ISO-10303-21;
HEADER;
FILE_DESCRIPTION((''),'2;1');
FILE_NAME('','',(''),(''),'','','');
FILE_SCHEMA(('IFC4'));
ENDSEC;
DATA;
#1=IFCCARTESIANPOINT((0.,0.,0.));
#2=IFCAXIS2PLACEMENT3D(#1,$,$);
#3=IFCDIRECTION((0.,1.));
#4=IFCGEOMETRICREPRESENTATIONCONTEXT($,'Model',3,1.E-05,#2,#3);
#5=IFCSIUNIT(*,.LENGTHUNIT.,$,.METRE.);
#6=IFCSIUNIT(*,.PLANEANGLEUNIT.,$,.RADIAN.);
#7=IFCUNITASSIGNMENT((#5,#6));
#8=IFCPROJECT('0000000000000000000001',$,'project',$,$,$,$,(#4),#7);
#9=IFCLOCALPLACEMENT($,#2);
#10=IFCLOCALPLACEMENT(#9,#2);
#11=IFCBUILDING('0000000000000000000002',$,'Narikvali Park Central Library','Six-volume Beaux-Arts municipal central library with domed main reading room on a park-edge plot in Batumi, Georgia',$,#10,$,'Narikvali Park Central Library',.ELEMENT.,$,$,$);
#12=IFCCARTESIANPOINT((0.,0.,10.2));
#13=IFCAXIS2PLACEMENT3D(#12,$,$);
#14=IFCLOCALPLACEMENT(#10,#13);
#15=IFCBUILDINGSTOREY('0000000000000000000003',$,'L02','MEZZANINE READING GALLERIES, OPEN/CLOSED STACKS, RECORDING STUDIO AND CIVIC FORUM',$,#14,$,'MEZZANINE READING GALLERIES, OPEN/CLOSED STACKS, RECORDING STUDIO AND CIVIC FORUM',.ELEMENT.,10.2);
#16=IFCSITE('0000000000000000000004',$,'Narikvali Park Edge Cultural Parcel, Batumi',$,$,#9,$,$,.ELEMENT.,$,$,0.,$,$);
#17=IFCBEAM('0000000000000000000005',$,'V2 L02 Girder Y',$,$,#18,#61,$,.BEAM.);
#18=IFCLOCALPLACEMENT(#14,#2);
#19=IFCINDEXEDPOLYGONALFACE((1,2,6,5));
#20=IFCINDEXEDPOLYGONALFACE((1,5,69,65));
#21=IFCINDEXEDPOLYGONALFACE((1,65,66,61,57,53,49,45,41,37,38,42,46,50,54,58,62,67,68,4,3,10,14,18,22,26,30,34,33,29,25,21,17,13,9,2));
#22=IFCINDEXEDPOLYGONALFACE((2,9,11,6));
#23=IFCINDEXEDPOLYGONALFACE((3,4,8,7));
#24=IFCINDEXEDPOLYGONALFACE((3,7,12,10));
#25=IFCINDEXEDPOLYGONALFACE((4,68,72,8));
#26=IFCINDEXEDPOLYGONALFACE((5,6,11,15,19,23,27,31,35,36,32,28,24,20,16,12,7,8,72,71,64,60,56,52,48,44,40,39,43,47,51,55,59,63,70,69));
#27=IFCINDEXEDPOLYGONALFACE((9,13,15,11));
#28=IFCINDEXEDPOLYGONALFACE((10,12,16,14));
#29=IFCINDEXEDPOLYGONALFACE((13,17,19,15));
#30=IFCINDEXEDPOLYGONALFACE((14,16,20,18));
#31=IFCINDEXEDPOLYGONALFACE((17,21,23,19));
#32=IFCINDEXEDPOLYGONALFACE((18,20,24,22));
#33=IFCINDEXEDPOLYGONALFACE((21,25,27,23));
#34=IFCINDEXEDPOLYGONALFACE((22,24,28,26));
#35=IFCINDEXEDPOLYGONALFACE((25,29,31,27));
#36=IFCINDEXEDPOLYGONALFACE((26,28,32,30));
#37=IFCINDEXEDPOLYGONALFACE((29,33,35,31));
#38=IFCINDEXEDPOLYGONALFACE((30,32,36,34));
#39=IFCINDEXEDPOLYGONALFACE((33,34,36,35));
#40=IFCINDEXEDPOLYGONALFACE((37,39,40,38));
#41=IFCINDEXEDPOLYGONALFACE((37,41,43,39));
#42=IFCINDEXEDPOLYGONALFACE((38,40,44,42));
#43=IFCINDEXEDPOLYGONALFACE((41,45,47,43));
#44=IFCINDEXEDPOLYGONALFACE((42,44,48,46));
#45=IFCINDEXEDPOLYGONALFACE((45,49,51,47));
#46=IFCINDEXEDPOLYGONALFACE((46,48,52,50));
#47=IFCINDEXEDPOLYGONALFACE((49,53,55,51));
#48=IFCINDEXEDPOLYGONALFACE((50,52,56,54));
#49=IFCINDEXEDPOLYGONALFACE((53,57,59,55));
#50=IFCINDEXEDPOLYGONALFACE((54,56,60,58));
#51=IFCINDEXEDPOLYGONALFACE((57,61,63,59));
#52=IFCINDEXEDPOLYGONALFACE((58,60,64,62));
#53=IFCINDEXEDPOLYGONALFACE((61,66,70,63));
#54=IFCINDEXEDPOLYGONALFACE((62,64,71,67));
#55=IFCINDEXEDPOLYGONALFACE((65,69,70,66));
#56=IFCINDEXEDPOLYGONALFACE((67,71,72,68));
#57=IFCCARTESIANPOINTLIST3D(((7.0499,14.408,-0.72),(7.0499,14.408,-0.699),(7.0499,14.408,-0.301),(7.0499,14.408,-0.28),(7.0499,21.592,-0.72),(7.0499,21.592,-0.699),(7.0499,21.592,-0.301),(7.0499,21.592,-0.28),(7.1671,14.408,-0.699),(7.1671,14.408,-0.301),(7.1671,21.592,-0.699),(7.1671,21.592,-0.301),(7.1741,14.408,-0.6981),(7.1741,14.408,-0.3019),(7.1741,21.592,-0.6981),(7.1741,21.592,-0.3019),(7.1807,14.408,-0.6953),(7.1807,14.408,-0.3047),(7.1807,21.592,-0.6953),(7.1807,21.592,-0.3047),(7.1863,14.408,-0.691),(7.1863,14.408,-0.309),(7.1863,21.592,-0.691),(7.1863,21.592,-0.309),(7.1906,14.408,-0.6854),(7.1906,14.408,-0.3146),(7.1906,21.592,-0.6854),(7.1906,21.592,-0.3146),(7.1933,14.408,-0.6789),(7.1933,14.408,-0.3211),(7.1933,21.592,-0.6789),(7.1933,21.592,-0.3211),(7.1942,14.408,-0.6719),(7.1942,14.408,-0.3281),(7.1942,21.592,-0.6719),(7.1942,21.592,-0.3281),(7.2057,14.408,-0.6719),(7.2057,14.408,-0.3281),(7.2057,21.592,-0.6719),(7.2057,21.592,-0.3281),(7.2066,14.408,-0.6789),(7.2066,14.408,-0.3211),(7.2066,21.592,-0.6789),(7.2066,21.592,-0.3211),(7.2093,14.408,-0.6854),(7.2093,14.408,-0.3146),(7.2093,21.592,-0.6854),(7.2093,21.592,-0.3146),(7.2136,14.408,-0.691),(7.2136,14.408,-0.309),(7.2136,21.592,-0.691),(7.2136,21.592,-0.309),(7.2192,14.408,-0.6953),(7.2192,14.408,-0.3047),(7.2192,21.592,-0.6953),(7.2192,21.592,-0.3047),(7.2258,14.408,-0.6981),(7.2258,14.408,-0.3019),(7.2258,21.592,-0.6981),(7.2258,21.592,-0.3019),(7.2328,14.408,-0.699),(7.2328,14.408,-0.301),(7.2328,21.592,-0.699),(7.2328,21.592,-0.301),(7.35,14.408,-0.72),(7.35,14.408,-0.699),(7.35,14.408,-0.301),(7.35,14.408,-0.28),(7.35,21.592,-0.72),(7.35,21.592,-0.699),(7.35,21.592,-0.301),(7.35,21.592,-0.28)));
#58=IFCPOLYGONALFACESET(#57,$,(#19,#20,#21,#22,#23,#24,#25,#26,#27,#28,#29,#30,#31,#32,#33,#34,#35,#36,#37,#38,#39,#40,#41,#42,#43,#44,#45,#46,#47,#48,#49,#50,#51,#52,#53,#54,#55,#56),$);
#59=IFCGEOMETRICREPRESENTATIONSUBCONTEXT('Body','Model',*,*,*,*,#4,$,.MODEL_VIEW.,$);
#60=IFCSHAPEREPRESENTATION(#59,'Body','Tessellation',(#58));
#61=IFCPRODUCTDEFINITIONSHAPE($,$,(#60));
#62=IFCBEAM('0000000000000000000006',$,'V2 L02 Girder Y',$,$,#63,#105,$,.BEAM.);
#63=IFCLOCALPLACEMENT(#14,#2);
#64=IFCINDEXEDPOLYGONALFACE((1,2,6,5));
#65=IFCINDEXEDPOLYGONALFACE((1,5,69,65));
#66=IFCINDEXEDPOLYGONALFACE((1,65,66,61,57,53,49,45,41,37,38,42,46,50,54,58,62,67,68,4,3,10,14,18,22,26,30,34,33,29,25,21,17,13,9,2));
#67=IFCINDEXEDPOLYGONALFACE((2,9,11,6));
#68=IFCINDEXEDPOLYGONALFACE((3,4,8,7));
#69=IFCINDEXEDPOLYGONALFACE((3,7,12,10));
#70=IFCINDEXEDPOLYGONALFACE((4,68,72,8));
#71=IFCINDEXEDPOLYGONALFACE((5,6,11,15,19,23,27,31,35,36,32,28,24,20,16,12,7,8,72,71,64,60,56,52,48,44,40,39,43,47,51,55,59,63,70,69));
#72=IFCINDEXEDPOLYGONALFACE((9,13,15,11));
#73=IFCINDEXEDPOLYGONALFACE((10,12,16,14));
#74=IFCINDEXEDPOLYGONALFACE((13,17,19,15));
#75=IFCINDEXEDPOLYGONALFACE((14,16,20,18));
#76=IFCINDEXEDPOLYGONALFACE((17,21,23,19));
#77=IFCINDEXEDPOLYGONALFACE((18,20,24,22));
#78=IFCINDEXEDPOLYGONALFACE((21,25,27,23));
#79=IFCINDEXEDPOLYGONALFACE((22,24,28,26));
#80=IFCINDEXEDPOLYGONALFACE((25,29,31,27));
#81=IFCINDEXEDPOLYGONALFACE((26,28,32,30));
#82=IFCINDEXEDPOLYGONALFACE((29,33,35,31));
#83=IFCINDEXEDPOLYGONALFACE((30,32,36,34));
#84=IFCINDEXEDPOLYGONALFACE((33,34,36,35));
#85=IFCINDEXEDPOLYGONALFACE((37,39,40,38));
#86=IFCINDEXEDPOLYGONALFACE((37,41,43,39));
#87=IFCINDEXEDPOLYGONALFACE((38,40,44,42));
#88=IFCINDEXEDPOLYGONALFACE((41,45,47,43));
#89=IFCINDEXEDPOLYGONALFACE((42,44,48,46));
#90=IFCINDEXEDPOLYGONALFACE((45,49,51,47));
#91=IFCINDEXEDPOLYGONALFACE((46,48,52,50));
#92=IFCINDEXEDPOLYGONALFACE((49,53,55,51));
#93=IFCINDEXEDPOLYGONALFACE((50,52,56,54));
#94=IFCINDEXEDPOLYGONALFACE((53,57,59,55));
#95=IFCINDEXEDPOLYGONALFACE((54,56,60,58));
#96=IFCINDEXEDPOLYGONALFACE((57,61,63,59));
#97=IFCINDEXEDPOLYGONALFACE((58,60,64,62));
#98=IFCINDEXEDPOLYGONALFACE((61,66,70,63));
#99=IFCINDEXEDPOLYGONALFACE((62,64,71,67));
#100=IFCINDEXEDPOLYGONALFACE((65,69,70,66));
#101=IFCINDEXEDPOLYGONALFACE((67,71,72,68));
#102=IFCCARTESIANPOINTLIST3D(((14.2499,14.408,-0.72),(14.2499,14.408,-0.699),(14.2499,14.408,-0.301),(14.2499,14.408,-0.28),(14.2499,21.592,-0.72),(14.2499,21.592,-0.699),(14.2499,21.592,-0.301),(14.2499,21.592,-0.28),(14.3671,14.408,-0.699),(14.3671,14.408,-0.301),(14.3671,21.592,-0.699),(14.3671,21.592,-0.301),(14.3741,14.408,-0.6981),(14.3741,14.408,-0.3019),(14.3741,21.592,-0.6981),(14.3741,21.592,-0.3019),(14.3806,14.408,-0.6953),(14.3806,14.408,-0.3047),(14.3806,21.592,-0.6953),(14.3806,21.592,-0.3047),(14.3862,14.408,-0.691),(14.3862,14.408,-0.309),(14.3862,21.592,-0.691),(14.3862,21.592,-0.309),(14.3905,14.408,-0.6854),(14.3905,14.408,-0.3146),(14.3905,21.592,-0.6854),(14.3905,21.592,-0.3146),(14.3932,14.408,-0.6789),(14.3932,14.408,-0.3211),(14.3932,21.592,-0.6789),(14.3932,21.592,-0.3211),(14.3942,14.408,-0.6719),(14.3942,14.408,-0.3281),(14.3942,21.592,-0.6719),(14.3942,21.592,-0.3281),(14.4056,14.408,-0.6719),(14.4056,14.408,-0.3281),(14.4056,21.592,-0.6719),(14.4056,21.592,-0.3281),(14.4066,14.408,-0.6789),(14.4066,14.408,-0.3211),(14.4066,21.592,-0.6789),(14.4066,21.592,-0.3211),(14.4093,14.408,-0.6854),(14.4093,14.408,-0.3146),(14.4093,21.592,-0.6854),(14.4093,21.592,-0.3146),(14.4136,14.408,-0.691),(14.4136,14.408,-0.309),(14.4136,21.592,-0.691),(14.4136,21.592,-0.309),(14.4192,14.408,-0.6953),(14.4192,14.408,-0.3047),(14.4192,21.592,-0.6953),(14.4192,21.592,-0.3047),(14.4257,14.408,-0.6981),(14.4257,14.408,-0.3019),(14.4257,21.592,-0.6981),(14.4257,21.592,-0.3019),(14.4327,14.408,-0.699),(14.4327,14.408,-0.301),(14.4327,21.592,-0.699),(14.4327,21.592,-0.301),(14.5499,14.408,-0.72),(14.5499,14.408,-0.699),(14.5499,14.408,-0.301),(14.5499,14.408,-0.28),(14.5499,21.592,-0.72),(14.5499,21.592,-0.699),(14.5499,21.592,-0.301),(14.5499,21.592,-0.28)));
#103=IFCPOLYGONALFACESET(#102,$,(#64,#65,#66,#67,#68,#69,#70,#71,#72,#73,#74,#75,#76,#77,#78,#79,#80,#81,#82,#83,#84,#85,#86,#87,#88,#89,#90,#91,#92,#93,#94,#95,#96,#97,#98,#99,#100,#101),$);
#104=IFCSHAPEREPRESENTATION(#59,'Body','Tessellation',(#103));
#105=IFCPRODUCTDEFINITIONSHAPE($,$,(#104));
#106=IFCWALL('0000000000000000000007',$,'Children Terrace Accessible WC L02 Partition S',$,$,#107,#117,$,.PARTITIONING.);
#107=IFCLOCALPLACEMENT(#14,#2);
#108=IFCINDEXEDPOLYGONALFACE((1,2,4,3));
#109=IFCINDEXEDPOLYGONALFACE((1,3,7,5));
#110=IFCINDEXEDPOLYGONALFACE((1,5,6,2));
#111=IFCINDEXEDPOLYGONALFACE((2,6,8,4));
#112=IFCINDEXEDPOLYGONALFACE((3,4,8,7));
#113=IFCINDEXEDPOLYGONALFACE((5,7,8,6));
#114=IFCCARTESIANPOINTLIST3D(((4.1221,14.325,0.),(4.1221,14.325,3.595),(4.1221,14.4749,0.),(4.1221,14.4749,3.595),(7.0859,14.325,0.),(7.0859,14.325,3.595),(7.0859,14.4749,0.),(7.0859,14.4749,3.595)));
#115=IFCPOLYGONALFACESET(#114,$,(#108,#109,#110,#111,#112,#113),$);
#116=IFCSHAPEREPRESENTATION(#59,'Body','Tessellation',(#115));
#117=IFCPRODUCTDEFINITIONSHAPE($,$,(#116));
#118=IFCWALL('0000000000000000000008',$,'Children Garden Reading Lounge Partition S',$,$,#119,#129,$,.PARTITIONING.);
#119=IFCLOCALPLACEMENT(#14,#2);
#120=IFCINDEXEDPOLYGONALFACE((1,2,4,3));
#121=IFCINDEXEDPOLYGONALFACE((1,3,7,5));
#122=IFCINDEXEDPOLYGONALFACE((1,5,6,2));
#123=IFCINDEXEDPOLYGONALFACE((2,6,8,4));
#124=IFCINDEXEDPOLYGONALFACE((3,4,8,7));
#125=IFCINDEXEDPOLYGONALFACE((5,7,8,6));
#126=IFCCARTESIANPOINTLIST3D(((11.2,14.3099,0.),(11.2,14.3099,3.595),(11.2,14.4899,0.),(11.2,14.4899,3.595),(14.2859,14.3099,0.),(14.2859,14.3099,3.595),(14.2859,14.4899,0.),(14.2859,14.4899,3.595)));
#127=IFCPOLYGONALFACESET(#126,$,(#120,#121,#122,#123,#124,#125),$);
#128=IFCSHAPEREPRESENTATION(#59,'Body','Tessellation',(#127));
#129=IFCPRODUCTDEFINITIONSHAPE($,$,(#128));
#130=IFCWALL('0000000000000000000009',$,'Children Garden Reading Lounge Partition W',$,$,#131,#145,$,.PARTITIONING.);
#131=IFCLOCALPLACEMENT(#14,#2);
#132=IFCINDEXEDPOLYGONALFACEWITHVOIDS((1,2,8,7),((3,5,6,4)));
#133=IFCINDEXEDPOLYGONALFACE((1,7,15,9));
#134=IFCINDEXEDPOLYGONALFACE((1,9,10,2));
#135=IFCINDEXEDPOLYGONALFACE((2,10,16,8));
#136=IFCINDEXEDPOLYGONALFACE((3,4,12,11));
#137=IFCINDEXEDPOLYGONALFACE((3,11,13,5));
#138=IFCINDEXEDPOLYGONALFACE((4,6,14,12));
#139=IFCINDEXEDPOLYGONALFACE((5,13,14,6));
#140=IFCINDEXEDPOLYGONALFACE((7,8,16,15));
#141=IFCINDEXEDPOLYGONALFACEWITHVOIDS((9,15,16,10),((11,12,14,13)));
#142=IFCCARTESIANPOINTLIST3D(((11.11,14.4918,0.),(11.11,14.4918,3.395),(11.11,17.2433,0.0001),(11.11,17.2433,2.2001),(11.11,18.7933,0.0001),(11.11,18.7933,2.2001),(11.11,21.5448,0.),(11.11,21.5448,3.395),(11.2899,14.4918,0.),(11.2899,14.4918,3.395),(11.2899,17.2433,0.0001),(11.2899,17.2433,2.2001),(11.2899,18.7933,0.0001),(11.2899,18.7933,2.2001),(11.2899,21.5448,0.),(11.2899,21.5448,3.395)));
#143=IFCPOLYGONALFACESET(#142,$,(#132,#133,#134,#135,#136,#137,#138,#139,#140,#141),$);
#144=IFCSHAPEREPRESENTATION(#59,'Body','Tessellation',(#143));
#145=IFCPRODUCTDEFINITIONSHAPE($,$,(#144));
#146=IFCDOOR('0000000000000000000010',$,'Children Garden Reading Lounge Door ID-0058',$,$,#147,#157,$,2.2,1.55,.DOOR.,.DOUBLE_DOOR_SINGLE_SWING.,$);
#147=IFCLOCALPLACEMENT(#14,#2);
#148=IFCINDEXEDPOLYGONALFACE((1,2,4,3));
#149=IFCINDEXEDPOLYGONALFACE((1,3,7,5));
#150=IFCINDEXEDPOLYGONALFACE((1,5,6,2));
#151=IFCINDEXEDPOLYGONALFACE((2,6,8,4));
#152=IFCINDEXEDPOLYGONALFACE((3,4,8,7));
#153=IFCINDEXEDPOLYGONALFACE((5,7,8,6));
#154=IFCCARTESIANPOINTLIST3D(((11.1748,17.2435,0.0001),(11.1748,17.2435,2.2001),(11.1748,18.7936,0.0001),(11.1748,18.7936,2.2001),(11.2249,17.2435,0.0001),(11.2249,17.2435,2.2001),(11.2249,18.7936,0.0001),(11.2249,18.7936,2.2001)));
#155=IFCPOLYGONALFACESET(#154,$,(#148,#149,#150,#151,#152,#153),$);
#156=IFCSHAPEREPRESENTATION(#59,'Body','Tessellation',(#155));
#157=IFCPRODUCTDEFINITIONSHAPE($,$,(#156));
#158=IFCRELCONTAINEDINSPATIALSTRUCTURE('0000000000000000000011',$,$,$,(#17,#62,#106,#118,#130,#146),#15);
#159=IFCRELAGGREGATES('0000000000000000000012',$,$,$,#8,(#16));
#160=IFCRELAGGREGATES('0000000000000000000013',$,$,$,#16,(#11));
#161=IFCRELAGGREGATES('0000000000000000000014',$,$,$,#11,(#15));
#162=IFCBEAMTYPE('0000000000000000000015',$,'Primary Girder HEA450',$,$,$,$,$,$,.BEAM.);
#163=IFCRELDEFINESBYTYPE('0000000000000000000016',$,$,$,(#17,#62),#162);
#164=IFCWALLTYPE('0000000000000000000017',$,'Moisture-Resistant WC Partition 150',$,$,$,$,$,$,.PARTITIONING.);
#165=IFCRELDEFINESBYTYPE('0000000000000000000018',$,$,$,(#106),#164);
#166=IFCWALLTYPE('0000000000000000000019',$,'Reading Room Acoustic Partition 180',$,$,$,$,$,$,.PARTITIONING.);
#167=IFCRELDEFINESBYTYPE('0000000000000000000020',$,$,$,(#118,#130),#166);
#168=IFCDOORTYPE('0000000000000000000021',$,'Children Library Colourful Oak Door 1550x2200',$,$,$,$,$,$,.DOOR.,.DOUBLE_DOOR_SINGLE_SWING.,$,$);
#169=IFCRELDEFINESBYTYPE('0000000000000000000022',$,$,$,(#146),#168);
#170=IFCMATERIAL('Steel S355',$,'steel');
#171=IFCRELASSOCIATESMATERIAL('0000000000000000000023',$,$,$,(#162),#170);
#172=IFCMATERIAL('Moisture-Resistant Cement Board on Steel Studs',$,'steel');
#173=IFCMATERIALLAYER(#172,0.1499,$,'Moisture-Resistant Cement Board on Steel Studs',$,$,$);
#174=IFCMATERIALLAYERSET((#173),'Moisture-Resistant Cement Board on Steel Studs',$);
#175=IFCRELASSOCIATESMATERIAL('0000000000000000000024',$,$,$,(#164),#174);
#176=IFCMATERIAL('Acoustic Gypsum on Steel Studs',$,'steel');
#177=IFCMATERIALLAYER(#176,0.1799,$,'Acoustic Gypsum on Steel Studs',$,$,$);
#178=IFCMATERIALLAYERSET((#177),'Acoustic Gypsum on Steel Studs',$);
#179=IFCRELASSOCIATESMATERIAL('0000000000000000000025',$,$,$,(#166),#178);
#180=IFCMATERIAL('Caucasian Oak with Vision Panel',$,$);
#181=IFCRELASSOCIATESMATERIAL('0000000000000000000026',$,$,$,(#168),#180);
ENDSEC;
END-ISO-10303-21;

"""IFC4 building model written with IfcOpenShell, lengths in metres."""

from ifc_helpers import new_model, si_unit, direction, frame, frame_2d, origin, origin_2d, place, context, subcontext, project, spatial, rectangle, i_section, extrude, material, layer, layer_set, material_profile, profile_set, type_object, element, fill, save


model = new_model("IFC4")

# Units and contexts
model_context = context("Model", 3, precision=1e-05, world=origin(), true_north=direction((0.0, 1.0)))
body_context = subcontext(model_context, "Body", "Model", "MODEL_VIEW")
ifc_project = project(units=[si_unit("LENGTHUNIT", "METRE"), si_unit("PLANEANGLEUNIT", "RADIAN")], contexts=[model_context])

# Site, building, storey
site_placement = place(None, origin())
site = spatial("IfcSite", under=ifc_project, at=site_placement, Name="Narikvali Park Edge Cultural Parcel, Batumi", CompositionType="ELEMENT", RefElevation=0.0)
building_placement = place(site_placement, origin())
building = spatial("IfcBuilding", under=site, at=building_placement, Name="Narikvali Park Central Library", Description="Six-volume Beaux-Arts municipal central library with domed main reading room on a park-edge plot in Batumi, Georgia", LongName="Narikvali Park Central Library", CompositionType="ELEMENT")
storey_placement = place(building_placement, frame((0.0, 0.0, 10.2)))
storey = spatial("IfcBuildingStorey", under=building, at=storey_placement, Name="L02", Description="MEZZANINE READING GALLERIES, OPEN/CLOSED STACKS, RECORDING STUDIO AND CIVIC FORUM", LongName="MEZZANINE READING GALLERIES, OPEN/CLOSED STACKS, RECORDING STUDIO AND CIVIC FORUM", CompositionType="ELEMENT", Elevation=10.2)

# Shared definitions
ifc_material_1 = material(Name="Steel S355", Category="steel")

# Beams
ifc_material_profile_1 = material_profile(ifc_material_1, i_section(OverallWidth=0.3, OverallDepth=0.4399, WebThickness=0.0115, FlangeThickness=0.021, FilletRadius=0.0271, at=origin_2d()), Name="HEA 450")
ifc_profile_set_1 = profile_set([ifc_material_profile_1], Name="Steel S355")
beam_type_1 = type_object("IfcBeamType", Name="Primary Girder HEA450", PredefinedType="BEAM", material=ifc_profile_set_1)
for number, where, z_axis, x_axis, name in (
    (1, (7.2, 14.408, -0.5), (0.0, 1.0, 0.0), (-1.0, 0.0, 0.0), "V2 L02 Girder Y"),
    (2, (14.3999, 14.408, -0.5), (0.0, 1.0, 0.0), (-1.0, 0.0, 0.0), "V2 L02 Girder Y"),
):
    element("IfcBeam", number, at=place(storey_placement, frame(where, z_axis=z_axis, x_axis=x_axis)), inside=storey, type_object=beam_type_1, Name=name, PredefinedType="BEAM", context=body_context, shape_type="SweptSolid", body=[
        extrude(i_section(OverallWidth=0.3, OverallDepth=0.4399, WebThickness=0.0115, FlangeThickness=0.021, FilletRadius=0.0271, at=origin_2d()), origin(), (0.0, 0.0, 1.0), 7.1841),
    ])

# Walls
ifc_material_2 = material(Name="Moisture-Resistant Cement Board on Steel Studs", Category="steel")
ifc_layer_1 = layer(ifc_material_2, 0.1499, Name="Moisture-Resistant Cement Board on Steel Studs")
ifc_layer_set_1 = layer_set([ifc_layer_1], Name="Moisture-Resistant Cement Board on Steel Studs")
wall_type_1 = type_object("IfcWallType", Name="Moisture-Resistant WC Partition 150", PredefinedType="PARTITIONING", material=ifc_layer_set_1)
wall_1_placement = place(storey_placement, frame((4.1221, 14.3999, 0.0), z_axis=(0.0, 0.0, 1.0), x_axis=(1.0, 0.0, 0.0)))
element("IfcWall", 3, at=wall_1_placement, inside=storey, type_object=wall_type_1, Name="Children Terrace Accessible WC L02 Partition S", PredefinedType="PARTITIONING", context=body_context, shape_type="SweptSolid", body=[
    extrude(rectangle(XDim=2.9639, YDim=0.1499, at=frame_2d((1.4819, 0.0))), origin(), (0.0, 0.0, 1.0), 3.595),
])
ifc_material_3 = material(Name="Acoustic Gypsum on Steel Studs", Category="steel")
ifc_layer_2 = layer(ifc_material_3, 0.1799, Name="Acoustic Gypsum on Steel Studs")
ifc_layer_set_2 = layer_set([ifc_layer_2], Name="Acoustic Gypsum on Steel Studs")
wall_type_2 = type_object("IfcWallType", Name="Reading Room Acoustic Partition 180", PredefinedType="PARTITIONING", material=ifc_layer_set_2)
wall_2_placement = place(storey_placement, frame((11.2, 14.3999, 0.0), z_axis=(0.0, 0.0, 1.0), x_axis=(1.0, 0.0, 0.0)))
element("IfcWall", 4, at=wall_2_placement, inside=storey, type_object=wall_type_2, Name="Children Garden Reading Lounge Partition S", PredefinedType="PARTITIONING", context=body_context, shape_type="SweptSolid", body=[
    extrude(rectangle(XDim=3.0859, YDim=0.1799, at=frame_2d((1.543, 0.0))), origin(), (0.0, 0.0, 1.0), 3.595),
])

# Wall, opening, door
wall_3_placement = place(storey_placement, frame((11.2, 14.4919, 0.0), z_axis=(0.0, 0.0, 1.0), x_axis=(0.0, 1.0, 0.0)))
wall_3 = element("IfcWall", 5, at=wall_3_placement, inside=storey, type_object=wall_type_2, Name="Children Garden Reading Lounge Partition W", PredefinedType="PARTITIONING", context=body_context, shape_type="SweptSolid", body=[
    extrude(rectangle(XDim=7.053, YDim=0.1799, at=frame_2d((3.5264, 0.0))), origin(), (0.0, 0.0, 1.0), 3.395),
])
opening_1_placement = place(wall_3_placement, frame((2.7515, 0.0, 0.0)))
opening_1 = element("IfcOpeningElement", 6, at=opening_1_placement, cuts=wall_3, PredefinedType="OPENING", context=body_context, shape_type="SweptSolid", body=[
    extrude(rectangle(XDim=1.55, YDim=2.2, at=frame_2d((0.7749, 1.1001))), frame((0.0, 0.1021, 0.0), z_axis=(0.0, -1.0, 0.0), x_axis=(1.0, 0.0, 0.0)), (0.0, 0.0, 1.0), 0.2039),
])
ifc_material_4 = material(Name="Caucasian Oak with Vision Panel")
door_type_1 = type_object("IfcDoorType", Name="Children Library Colourful Oak Door 1550x2200", OperationType="DOUBLE_DOOR_SINGLE_SWING", PredefinedType="DOOR", material=ifc_material_4)
door_1_placement = place(opening_1_placement, frame((1.55, 0.0, 0.0), z_axis=(0.0, 0.0, 1.0), x_axis=(-1.0, 0.0, 0.0)))
door_1 = element("IfcDoor", 7, at=door_1_placement, inside=storey, type_object=door_type_1, Name="Children Garden Reading Lounge Door ID-0058", OperationType="DOUBLE_DOOR_SINGLE_SWING", OverallHeight=2.2, OverallWidth=1.55, PredefinedType="DOOR", context=body_context, shape_type="SweptSolid", body=[
    extrude(rectangle(XDim=1.55, YDim=2.2, at=frame_2d((0.7749, 1.1001))), frame((0.0, 0.0249, 0.0), z_axis=(0.0, -1.0, 0.0), x_axis=(1.0, 0.0, 0.0)), (0.0, 0.0, 1.0), 0.05),
])
fill(opening_1, door_1)

save(model, "model.ifc")
